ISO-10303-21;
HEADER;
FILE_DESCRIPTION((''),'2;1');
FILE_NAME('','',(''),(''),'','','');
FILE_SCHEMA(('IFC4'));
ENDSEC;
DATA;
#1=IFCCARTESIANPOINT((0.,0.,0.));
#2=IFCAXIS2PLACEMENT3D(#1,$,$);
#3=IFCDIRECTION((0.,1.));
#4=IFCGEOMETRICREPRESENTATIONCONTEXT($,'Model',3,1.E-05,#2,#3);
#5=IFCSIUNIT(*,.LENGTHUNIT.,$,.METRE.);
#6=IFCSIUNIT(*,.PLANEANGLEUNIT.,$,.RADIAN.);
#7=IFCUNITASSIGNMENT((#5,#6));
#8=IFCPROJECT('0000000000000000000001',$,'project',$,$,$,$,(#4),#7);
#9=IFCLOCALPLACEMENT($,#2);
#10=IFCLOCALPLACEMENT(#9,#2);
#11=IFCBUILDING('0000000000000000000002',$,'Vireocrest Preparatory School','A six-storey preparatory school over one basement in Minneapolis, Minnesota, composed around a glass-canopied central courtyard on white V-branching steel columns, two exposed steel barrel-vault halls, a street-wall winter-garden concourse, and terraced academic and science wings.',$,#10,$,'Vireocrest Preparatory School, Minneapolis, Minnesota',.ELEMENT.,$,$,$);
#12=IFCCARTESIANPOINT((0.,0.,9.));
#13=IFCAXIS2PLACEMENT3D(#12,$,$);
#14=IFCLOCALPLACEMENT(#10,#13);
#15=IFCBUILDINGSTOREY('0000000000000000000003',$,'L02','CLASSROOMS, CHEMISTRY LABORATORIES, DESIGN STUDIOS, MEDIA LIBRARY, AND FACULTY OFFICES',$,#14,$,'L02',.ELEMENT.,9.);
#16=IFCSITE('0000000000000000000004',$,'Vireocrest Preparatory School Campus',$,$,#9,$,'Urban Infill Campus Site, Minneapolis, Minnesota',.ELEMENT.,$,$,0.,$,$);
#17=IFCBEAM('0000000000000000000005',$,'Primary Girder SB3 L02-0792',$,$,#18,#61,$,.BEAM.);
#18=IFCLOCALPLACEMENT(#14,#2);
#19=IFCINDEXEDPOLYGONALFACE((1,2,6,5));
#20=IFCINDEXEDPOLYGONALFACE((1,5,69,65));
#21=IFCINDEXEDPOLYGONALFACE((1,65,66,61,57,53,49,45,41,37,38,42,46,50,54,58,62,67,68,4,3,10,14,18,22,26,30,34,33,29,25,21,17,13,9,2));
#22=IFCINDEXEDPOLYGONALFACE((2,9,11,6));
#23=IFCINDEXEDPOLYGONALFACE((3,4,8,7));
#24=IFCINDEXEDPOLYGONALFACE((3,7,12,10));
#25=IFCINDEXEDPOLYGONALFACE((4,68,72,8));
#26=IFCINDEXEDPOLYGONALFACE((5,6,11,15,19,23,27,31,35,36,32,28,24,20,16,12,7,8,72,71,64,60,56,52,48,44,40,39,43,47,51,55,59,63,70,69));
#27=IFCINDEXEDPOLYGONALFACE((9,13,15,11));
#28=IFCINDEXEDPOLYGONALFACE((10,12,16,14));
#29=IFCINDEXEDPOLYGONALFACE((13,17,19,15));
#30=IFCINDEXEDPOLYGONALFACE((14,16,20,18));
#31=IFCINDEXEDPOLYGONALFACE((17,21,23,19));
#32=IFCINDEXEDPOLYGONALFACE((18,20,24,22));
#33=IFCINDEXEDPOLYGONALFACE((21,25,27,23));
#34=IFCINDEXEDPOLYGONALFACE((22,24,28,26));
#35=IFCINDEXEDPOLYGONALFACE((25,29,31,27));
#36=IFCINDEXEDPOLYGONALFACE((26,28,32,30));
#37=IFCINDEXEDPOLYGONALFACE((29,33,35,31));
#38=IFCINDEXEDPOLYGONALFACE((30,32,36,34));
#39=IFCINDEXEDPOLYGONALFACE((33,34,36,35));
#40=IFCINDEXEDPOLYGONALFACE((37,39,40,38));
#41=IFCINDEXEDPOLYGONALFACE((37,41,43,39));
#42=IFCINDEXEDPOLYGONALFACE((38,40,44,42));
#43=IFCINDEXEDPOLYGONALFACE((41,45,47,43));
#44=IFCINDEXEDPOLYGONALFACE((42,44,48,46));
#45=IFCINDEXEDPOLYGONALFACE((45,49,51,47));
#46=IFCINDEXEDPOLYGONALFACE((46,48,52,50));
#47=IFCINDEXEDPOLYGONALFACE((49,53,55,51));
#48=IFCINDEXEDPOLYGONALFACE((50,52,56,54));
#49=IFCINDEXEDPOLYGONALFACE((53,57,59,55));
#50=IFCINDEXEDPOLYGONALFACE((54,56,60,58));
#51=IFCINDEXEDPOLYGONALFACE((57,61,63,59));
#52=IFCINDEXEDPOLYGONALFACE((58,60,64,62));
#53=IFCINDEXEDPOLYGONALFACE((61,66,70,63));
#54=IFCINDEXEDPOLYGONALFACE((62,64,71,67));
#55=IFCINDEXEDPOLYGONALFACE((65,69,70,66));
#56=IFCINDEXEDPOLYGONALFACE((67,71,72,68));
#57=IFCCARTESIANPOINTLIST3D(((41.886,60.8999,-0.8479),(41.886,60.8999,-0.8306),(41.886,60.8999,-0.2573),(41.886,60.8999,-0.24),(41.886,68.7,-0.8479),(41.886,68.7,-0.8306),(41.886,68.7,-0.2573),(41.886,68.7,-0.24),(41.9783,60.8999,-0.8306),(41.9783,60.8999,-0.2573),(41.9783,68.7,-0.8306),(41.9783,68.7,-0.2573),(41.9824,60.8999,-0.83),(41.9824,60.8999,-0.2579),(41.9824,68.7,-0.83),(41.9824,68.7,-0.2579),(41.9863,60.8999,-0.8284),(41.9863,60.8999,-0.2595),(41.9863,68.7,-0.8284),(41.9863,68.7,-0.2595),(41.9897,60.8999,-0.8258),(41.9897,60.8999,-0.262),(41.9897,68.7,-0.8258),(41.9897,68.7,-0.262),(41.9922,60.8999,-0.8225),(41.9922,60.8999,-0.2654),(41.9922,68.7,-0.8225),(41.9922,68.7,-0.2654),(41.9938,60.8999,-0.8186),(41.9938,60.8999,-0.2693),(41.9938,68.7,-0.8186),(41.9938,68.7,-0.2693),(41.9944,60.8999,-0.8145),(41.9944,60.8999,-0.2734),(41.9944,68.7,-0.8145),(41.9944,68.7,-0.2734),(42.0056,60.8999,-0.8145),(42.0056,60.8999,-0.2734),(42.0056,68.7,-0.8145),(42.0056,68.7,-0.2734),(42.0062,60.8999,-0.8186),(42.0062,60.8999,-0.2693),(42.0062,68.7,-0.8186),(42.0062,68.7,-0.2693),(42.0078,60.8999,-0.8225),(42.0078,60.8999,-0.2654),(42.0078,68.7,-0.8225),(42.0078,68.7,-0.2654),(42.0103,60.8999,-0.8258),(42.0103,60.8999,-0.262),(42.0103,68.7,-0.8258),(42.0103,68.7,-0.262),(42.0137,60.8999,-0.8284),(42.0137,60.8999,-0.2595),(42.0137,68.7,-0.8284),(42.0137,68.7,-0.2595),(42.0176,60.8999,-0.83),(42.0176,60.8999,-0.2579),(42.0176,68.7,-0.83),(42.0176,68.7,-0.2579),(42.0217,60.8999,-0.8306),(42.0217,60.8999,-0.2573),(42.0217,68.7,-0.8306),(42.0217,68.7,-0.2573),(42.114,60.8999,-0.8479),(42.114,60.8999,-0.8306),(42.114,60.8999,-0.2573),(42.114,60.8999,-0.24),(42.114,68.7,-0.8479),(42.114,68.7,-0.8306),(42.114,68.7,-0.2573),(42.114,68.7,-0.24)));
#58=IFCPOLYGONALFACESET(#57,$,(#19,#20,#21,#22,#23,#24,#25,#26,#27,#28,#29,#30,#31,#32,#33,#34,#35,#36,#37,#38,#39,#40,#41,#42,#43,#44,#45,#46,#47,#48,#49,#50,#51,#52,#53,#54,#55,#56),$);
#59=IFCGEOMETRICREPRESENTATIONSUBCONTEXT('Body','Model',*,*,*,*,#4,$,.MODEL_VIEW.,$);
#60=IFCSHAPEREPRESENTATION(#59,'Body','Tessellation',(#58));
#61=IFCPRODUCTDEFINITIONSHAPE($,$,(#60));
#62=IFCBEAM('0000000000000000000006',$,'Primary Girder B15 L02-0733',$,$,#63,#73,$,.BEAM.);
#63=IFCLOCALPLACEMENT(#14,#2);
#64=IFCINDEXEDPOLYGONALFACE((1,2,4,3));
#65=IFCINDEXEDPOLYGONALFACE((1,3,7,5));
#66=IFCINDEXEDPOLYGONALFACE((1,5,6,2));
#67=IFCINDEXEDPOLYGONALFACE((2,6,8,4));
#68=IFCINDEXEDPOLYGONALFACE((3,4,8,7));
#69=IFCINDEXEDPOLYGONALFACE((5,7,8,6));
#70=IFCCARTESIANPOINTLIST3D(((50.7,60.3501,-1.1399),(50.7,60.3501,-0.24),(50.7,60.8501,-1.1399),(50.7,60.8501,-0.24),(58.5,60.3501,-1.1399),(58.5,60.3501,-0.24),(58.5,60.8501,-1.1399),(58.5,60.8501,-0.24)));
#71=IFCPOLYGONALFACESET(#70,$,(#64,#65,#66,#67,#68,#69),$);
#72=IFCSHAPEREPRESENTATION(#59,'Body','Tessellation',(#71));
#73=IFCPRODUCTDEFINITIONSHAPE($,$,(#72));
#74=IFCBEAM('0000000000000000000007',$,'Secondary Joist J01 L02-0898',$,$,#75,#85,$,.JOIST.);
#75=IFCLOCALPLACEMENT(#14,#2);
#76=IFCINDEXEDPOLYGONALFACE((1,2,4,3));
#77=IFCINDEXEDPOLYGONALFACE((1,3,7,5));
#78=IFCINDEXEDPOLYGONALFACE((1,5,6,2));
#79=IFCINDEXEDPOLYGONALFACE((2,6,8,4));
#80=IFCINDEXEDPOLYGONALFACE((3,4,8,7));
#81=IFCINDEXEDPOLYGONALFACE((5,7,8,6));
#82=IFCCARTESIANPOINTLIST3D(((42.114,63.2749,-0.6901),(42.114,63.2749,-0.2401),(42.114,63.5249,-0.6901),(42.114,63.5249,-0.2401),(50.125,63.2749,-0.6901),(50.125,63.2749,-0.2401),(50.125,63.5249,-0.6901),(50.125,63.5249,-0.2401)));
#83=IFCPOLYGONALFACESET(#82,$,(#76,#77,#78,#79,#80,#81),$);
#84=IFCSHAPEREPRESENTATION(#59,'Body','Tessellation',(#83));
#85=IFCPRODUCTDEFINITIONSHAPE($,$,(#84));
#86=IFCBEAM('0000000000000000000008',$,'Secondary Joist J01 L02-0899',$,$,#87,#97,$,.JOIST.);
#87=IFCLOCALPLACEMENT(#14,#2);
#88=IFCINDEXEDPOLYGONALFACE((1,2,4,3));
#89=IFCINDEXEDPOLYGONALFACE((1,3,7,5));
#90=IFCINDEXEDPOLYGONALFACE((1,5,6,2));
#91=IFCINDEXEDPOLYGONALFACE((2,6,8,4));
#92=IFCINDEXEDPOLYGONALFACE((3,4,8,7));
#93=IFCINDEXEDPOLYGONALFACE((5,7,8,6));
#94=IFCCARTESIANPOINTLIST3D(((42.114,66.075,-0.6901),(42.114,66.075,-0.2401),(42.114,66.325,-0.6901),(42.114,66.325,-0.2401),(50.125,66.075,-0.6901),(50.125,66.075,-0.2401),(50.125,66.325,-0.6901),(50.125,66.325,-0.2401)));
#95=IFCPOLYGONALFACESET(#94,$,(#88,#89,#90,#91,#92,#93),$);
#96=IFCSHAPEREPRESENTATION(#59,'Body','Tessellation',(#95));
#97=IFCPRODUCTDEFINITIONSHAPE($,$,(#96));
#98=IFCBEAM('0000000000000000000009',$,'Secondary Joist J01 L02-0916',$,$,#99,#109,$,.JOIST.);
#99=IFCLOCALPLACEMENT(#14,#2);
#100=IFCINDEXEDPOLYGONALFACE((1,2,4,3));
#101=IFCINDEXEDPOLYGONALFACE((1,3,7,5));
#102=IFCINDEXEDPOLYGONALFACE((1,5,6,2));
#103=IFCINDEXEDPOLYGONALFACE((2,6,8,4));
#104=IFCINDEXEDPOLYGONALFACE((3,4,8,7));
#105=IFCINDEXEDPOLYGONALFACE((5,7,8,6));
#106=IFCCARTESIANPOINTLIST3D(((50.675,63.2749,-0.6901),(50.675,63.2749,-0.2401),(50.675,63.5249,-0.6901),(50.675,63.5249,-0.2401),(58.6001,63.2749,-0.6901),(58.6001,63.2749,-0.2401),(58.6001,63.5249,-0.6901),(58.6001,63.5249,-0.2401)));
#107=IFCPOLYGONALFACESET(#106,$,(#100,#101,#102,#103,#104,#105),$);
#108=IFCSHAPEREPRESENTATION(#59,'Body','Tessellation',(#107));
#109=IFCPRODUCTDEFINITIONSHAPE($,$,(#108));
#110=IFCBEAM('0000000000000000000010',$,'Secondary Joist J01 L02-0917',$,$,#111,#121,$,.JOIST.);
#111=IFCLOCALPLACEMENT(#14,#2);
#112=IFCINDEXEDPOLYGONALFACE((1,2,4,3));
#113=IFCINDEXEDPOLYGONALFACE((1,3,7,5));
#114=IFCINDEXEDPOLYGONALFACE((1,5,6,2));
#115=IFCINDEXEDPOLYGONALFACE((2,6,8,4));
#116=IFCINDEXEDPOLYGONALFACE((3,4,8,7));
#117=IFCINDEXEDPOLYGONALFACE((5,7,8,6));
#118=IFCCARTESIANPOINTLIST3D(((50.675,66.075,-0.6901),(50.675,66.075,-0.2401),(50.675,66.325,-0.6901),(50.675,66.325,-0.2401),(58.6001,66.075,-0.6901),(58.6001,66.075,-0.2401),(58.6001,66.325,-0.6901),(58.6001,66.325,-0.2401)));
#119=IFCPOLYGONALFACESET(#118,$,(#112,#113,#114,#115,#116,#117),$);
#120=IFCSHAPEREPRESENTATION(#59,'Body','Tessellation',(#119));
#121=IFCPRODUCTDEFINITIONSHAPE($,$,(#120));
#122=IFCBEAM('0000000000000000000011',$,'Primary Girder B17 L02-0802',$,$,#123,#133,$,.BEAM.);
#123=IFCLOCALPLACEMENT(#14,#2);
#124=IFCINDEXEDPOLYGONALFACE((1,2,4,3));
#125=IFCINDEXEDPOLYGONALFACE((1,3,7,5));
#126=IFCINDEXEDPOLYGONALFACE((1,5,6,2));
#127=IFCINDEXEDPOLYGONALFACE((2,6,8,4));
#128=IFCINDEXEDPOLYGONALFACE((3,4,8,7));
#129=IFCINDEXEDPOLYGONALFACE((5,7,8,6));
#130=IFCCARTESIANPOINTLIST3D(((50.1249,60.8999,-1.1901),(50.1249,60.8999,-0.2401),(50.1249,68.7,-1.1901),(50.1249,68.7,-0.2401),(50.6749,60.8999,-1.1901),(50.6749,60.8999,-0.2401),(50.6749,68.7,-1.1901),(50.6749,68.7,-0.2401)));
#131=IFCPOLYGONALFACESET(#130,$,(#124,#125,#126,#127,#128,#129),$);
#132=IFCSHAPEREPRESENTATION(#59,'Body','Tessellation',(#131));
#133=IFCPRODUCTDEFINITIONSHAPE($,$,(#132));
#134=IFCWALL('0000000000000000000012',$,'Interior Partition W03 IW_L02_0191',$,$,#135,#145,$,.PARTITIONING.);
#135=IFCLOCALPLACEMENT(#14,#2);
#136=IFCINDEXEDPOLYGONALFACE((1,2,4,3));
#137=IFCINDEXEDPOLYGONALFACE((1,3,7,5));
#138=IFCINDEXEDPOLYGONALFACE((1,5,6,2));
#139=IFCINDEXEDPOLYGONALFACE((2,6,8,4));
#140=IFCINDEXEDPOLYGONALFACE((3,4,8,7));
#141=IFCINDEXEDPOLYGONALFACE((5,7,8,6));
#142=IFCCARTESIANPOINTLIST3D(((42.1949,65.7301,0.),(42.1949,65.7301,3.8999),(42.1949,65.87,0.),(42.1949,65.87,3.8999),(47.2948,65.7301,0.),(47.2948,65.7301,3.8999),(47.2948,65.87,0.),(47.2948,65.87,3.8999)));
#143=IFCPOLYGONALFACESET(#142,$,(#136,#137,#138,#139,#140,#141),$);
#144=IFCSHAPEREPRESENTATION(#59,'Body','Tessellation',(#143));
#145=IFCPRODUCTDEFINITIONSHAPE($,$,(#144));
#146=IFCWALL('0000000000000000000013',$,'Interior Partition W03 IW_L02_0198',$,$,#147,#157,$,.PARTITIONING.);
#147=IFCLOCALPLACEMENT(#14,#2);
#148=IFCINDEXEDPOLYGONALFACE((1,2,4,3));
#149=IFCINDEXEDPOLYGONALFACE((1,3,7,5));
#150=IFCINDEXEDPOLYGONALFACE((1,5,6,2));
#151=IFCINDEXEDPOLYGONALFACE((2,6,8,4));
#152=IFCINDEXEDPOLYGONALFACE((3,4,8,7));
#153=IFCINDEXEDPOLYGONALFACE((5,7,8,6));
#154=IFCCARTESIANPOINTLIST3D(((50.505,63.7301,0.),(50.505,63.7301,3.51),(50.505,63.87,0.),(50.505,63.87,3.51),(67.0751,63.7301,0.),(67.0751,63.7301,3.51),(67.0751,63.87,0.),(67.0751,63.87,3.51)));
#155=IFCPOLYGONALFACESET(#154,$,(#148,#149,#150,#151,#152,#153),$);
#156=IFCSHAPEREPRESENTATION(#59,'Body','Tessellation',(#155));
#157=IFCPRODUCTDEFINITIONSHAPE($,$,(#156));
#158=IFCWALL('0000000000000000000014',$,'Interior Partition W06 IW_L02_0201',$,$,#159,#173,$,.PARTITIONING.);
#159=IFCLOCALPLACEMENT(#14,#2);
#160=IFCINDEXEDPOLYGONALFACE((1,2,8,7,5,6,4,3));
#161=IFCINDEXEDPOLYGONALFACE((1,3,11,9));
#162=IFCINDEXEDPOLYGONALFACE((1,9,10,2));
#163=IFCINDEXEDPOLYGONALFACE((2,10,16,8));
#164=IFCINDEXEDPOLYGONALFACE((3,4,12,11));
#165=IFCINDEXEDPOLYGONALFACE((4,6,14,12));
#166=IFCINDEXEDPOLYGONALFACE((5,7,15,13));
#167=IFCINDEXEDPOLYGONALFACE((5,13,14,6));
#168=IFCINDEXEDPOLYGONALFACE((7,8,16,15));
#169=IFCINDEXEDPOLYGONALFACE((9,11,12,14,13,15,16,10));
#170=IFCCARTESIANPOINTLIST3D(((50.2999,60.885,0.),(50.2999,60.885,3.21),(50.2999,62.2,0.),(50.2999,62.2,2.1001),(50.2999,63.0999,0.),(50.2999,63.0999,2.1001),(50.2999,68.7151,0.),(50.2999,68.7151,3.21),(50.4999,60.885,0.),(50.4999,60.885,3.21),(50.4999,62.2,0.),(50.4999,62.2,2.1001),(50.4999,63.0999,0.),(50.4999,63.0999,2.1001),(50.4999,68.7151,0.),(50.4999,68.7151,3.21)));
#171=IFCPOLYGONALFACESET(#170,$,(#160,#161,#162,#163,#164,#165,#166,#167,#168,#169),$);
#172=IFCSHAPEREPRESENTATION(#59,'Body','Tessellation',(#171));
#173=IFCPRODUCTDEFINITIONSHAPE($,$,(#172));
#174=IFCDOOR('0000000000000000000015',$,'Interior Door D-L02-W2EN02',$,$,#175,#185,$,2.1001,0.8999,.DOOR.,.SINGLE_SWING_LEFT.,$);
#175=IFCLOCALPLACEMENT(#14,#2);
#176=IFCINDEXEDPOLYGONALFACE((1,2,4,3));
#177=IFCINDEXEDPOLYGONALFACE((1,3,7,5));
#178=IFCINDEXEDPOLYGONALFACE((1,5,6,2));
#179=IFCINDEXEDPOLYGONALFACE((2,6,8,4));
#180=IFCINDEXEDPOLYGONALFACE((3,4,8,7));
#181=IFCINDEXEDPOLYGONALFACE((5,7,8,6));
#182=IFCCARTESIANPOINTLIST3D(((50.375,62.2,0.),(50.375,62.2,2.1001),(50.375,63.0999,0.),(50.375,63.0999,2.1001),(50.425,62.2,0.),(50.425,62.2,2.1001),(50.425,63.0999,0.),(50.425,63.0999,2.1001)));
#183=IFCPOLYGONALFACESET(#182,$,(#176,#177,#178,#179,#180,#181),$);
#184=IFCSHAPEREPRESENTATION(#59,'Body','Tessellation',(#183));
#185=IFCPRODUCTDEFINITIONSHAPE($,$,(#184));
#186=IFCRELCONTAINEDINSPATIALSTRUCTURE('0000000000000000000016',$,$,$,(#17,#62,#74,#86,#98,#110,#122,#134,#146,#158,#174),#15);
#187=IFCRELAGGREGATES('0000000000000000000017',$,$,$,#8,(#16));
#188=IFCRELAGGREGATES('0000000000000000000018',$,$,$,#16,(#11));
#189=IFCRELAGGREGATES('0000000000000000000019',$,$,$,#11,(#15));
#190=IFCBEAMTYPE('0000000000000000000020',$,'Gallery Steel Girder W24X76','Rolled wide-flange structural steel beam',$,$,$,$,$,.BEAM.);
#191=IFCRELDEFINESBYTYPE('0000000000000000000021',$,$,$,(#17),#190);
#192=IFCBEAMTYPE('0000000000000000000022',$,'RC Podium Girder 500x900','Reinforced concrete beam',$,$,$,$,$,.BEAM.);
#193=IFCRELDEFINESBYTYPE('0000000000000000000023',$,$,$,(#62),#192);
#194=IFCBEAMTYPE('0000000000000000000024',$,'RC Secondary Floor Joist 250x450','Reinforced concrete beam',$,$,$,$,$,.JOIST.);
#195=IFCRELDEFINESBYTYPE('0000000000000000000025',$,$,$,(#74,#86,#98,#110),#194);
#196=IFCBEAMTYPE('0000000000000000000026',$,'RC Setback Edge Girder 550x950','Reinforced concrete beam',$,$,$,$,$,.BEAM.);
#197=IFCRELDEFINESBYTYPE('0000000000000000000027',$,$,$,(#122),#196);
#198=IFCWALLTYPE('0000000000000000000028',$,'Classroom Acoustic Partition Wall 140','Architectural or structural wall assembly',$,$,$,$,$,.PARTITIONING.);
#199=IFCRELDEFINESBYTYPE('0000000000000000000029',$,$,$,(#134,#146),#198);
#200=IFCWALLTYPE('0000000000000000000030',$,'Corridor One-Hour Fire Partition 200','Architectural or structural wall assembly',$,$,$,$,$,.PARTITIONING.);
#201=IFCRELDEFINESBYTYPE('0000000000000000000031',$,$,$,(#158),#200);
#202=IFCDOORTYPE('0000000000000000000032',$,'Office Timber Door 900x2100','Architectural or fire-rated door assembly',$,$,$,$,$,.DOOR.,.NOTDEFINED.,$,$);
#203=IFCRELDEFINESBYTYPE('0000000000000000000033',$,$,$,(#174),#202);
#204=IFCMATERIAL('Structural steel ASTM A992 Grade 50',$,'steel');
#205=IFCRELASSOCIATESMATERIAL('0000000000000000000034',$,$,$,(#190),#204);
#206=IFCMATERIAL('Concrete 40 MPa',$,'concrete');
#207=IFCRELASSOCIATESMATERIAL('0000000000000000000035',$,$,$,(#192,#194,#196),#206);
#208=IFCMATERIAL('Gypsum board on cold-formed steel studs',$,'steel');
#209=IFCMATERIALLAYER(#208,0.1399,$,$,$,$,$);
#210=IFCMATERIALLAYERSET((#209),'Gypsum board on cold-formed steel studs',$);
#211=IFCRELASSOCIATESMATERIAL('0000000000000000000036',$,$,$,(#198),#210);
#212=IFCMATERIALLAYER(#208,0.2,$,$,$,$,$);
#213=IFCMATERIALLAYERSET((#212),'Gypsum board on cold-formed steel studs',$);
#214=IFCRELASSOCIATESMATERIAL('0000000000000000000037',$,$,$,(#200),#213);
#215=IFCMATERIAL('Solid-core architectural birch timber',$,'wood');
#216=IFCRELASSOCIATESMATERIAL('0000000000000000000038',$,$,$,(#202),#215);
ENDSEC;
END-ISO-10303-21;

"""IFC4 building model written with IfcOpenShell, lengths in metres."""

from ifc_helpers import new_model, si_unit, direction, frame, frame_2d, origin, origin_2d, place, context, subcontext, project, spatial, rectangle, i_section, extrude, material, layer, layer_set, material_profile, profile_set, type_object, element, fill, save


model = new_model("IFC4")

# Units and contexts
model_context = context("Model", 3, precision=1e-05, world=origin(), true_north=direction((0.0, 1.0)))
body_context = subcontext(model_context, "Body", "Model", "MODEL_VIEW")
ifc_project = project(units=[si_unit("LENGTHUNIT", "METRE"), si_unit("PLANEANGLEUNIT", "RADIAN")], contexts=[model_context])

# Site, building, storey
site_placement = place(None, origin())
site = spatial("IfcSite", under=ifc_project, at=site_placement, Name="Vireocrest Preparatory School Campus", LongName="Urban Infill Campus Site, Minneapolis, Minnesota", CompositionType="ELEMENT", RefElevation=0.0)
building_placement = place(site_placement, origin())
building = spatial("IfcBuilding", under=site, at=building_placement, Name="Vireocrest Preparatory School", Description="A six-storey preparatory school over one basement in Minneapolis, Minnesota, composed around a glass-canopied central courtyard on white V-branching steel columns, two exposed steel barrel-vault halls, a street-wall winter-garden concourse, and terraced academic and science wings.", LongName="Vireocrest Preparatory School, Minneapolis, Minnesota", CompositionType="ELEMENT")
storey_placement = place(building_placement, frame((0.0, 0.0, 9.0)))
storey = spatial("IfcBuildingStorey", under=building, at=storey_placement, Name="L02", Description="CLASSROOMS, CHEMISTRY LABORATORIES, DESIGN STUDIOS, MEDIA LIBRARY, AND FACULTY OFFICES", LongName="L02", CompositionType="ELEMENT", Elevation=9.0)

# Beams
ifc_material_1 = material(Name="Structural steel ASTM A992 Grade 50", Category="steel")
ifc_material_profile_1 = material_profile(ifc_material_1, i_section(OverallWidth=0.228, OverallDepth=0.6079, WebThickness=0.0112, FlangeThickness=0.0173, FilletRadius=0.0161, at=origin_2d()), Name="W24X76")
ifc_profile_set_1 = profile_set([ifc_material_profile_1], Name="Structural steel ASTM A992 Grade 50")
beam_type_1 = type_object("IfcBeamType", Name="Gallery Steel Girder W24X76", Description="Rolled wide-flange structural steel beam", PredefinedType="BEAM", material=ifc_profile_set_1)
beam_1_placement = place(storey_placement, frame((42.0, 60.8999, -0.5439), z_axis=(0.0, 1.0, 0.0), x_axis=(-1.0, 0.0, 0.0)))
element("IfcBeam", 1, at=beam_1_placement, inside=storey, type_object=beam_type_1, Name="Primary Girder SB3 L02-0792", PredefinedType="BEAM", context=body_context, shape_type="SweptSolid", body=[
    extrude(i_section(OverallWidth=0.228, OverallDepth=0.6079, WebThickness=0.0112, FlangeThickness=0.0173, FilletRadius=0.0161, at=origin_2d()), origin(), (0.0, 0.0, 1.0), 7.8),
])
ifc_material_2 = material(Name="Concrete 40 MPa", Category="concrete")
ifc_material_profile_2 = material_profile(ifc_material_2, rectangle(XDim=0.5, YDim=0.8999, at=origin_2d()), Name="RC 500x900")
ifc_profile_set_2 = profile_set([ifc_material_profile_2], Name="Concrete 40 MPa")
beam_type_2 = type_object("IfcBeamType", Name="RC Podium Girder 500x900", Description="Reinforced concrete beam", PredefinedType="BEAM", material=ifc_profile_set_2)
beam_2_placement = place(storey_placement, frame((50.7, 60.6001, -0.6899), z_axis=(1.0, 0.0, 0.0), x_axis=(0.0, 1.0, 0.0)))
element("IfcBeam", 2, at=beam_2_placement, inside=storey, type_object=beam_type_2, Name="Primary Girder B15 L02-0733", PredefinedType="BEAM", context=body_context, shape_type="SweptSolid", body=[
    extrude(rectangle(XDim=0.5, YDim=0.8999, at=origin_2d()), origin(), (0.0, 0.0, 1.0), 7.8),
])
ifc_material_profile_3 = material_profile(ifc_material_2, rectangle(XDim=0.25, YDim=0.45, at=origin_2d()), Name="RC 250x450")
ifc_profile_set_3 = profile_set([ifc_material_profile_3], Name="Concrete 40 MPa")
beam_type_3 = type_object("IfcBeamType", Name="RC Secondary Floor Joist 250x450", Description="Reinforced concrete beam", PredefinedType="JOIST", material=ifc_profile_set_3)
for number, where, z_axis, x_axis, name in (
    (3, (42.114, 63.3999, -0.4651), (1.0, 0.0, 0.0), (0.0, 1.0, 0.0), "Secondary Joist J01 L02-0898"),
    (4, (42.114, 66.2, -0.4651), (1.0, 0.0, 0.0), (0.0, 1.0, 0.0), "Secondary Joist J01 L02-0899"),
):
    element("IfcBeam", number, at=place(storey_placement, frame(where, z_axis=z_axis, x_axis=x_axis)), inside=storey, type_object=beam_type_3, Name=name, PredefinedType="JOIST", context=body_context, shape_type="SweptSolid", body=[
        extrude(rectangle(XDim=0.25, YDim=0.45, at=origin_2d()), origin(), (0.0, 0.0, 1.0), 8.011),
    ])
for number, where, z_axis, x_axis, name in (
    (5, (50.675, 63.3999, -0.4651), (1.0, 0.0, 0.0), (0.0, 1.0, 0.0), "Secondary Joist J01 L02-0916"),
    (6, (50.675, 66.2, -0.4651), (1.0, 0.0, 0.0), (0.0, 1.0, 0.0), "Secondary Joist J01 L02-0917"),
):
    element("IfcBeam", number, at=place(storey_placement, frame(where, z_axis=z_axis, x_axis=x_axis)), inside=storey, type_object=beam_type_3, Name=name, PredefinedType="JOIST", context=body_context, shape_type="SweptSolid", body=[
        extrude(rectangle(XDim=0.25, YDim=0.45, at=origin_2d()), origin(), (0.0, 0.0, 1.0), 7.925),
    ])
ifc_material_profile_4 = material_profile(ifc_material_2, rectangle(XDim=0.55, YDim=0.95, at=origin_2d()), Name="RC 550x950")
ifc_profile_set_4 = profile_set([ifc_material_profile_4], Name="Concrete 40 MPa")
beam_type_4 = type_object("IfcBeamType", Name="RC Setback Edge Girder 550x950", Description="Reinforced concrete beam", PredefinedType="BEAM", material=ifc_profile_set_4)
beam_3_placement = place(storey_placement, frame((50.3999, 60.8999, -0.7151), z_axis=(0.0, 1.0, 0.0), x_axis=(-1.0, 0.0, 0.0)))
element("IfcBeam", 7, at=beam_3_placement, inside=storey, type_object=beam_type_4, Name="Primary Girder B17 L02-0802", PredefinedType="BEAM", context=body_context, shape_type="SweptSolid", body=[
    extrude(rectangle(XDim=0.55, YDim=0.95, at=origin_2d()), origin(), (0.0, 0.0, 1.0), 7.8),
])

# Walls
ifc_material_3 = material(Name="Gypsum board on cold-formed steel studs", Category="steel")
ifc_layer_1 = layer(ifc_material_3, 0.1399)
ifc_layer_set_1 = layer_set([ifc_layer_1], Name="Gypsum board on cold-formed steel studs")
wall_type_1 = type_object("IfcWallType", Name="Classroom Acoustic Partition Wall 140", Description="Architectural or structural wall assembly", PredefinedType="PARTITIONING", material=ifc_layer_set_1)
wall_1_placement = place(storey_placement, frame((42.1951, 65.8, 0.0), z_axis=(0.0, 0.0, 1.0), x_axis=(1.0, 0.0, 0.0)))
element("IfcWall", 8, at=wall_1_placement, inside=storey, type_object=wall_type_1, Name="Interior Partition W03 IW_L02_0191", PredefinedType="PARTITIONING", context=body_context, shape_type="SweptSolid", body=[
    extrude(rectangle(XDim=5.0999, YDim=0.1399, at=frame_2d((2.5498, 0.0))), origin(), (0.0, 0.0, 1.0), 3.8999),
])
wall_2_placement = place(storey_placement, frame((50.5049, 63.8, 0.0), z_axis=(0.0, 0.0, 1.0), x_axis=(1.0, 0.0, 0.0)))
element("IfcWall", 9, at=wall_2_placement, inside=storey, type_object=wall_type_1, Name="Interior Partition W03 IW_L02_0198", PredefinedType="PARTITIONING", context=body_context, shape_type="SweptSolid", body=[
    extrude(rectangle(XDim=16.5701, YDim=0.1399, at=frame_2d((8.2852, 0.0))), origin(), (0.0, 0.0, 1.0), 3.51),
])

# Wall, opening, door
ifc_layer_2 = layer(ifc_material_3, 0.2)
ifc_layer_set_2 = layer_set([ifc_layer_2], Name="Gypsum board on cold-formed steel studs")
wall_type_2 = type_object("IfcWallType", Name="Corridor One-Hour Fire Partition 200", Description="Architectural or structural wall assembly", PredefinedType="PARTITIONING", material=ifc_layer_set_2)
wall_3_placement = place(storey_placement, frame((50.3999, 60.885, 0.0), z_axis=(0.0, 0.0, 1.0), x_axis=(0.0, 1.0, 0.0)))
wall_3 = element("IfcWall", 10, at=wall_3_placement, inside=storey, type_object=wall_type_2, Name="Interior Partition W06 IW_L02_0201", PredefinedType="PARTITIONING", context=body_context, shape_type="SweptSolid", body=[
    extrude(rectangle(XDim=7.8301, YDim=0.2, at=frame_2d((3.915, 0.0))), origin(), (0.0, 0.0, 1.0), 3.21),
])
opening_1_placement = place(wall_3_placement, frame((1.3149, 0.0, 0.0)))
opening_1 = element("IfcOpeningElement", 11, at=opening_1_placement, cuts=wall_3, PredefinedType="OPENING", context=body_context, shape_type="SweptSolid", body=[
    extrude(rectangle(XDim=0.8999, YDim=2.1001, at=frame_2d((0.45, 1.05))), frame((0.0, 0.1099, 0.0), z_axis=(0.0, -1.0, 0.0), x_axis=(1.0, 0.0, 0.0)), (0.0, 0.0, 1.0), 0.22),
])
ifc_material_4 = material(Name="Solid-core architectural birch timber", Category="wood")
door_type_1 = type_object("IfcDoorType", Name="Office Timber Door 900x2100", Description="Architectural or fire-rated door assembly", OperationType="NOTDEFINED", PredefinedType="DOOR", material=ifc_material_4)
door_1_placement = place(opening_1_placement, origin())
door_1 = element("IfcDoor", 12, at=door_1_placement, inside=storey, type_object=door_type_1, Name="Interior Door D-L02-W2EN02", OperationType="SINGLE_SWING_LEFT", OverallHeight=2.1001, OverallWidth=0.8999, PredefinedType="DOOR", context=body_context, shape_type="SweptSolid", body=[
    extrude(rectangle(XDim=0.8999, YDim=2.1001, at=frame_2d((0.45, 1.05))), frame((0.0, 0.0249, 0.0), z_axis=(0.0, -1.0, 0.0), x_axis=(1.0, 0.0, 0.0)), (0.0, 0.0, 1.0), 0.05),
])
fill(opening_1, door_1)

save(model, "model.ifc")
